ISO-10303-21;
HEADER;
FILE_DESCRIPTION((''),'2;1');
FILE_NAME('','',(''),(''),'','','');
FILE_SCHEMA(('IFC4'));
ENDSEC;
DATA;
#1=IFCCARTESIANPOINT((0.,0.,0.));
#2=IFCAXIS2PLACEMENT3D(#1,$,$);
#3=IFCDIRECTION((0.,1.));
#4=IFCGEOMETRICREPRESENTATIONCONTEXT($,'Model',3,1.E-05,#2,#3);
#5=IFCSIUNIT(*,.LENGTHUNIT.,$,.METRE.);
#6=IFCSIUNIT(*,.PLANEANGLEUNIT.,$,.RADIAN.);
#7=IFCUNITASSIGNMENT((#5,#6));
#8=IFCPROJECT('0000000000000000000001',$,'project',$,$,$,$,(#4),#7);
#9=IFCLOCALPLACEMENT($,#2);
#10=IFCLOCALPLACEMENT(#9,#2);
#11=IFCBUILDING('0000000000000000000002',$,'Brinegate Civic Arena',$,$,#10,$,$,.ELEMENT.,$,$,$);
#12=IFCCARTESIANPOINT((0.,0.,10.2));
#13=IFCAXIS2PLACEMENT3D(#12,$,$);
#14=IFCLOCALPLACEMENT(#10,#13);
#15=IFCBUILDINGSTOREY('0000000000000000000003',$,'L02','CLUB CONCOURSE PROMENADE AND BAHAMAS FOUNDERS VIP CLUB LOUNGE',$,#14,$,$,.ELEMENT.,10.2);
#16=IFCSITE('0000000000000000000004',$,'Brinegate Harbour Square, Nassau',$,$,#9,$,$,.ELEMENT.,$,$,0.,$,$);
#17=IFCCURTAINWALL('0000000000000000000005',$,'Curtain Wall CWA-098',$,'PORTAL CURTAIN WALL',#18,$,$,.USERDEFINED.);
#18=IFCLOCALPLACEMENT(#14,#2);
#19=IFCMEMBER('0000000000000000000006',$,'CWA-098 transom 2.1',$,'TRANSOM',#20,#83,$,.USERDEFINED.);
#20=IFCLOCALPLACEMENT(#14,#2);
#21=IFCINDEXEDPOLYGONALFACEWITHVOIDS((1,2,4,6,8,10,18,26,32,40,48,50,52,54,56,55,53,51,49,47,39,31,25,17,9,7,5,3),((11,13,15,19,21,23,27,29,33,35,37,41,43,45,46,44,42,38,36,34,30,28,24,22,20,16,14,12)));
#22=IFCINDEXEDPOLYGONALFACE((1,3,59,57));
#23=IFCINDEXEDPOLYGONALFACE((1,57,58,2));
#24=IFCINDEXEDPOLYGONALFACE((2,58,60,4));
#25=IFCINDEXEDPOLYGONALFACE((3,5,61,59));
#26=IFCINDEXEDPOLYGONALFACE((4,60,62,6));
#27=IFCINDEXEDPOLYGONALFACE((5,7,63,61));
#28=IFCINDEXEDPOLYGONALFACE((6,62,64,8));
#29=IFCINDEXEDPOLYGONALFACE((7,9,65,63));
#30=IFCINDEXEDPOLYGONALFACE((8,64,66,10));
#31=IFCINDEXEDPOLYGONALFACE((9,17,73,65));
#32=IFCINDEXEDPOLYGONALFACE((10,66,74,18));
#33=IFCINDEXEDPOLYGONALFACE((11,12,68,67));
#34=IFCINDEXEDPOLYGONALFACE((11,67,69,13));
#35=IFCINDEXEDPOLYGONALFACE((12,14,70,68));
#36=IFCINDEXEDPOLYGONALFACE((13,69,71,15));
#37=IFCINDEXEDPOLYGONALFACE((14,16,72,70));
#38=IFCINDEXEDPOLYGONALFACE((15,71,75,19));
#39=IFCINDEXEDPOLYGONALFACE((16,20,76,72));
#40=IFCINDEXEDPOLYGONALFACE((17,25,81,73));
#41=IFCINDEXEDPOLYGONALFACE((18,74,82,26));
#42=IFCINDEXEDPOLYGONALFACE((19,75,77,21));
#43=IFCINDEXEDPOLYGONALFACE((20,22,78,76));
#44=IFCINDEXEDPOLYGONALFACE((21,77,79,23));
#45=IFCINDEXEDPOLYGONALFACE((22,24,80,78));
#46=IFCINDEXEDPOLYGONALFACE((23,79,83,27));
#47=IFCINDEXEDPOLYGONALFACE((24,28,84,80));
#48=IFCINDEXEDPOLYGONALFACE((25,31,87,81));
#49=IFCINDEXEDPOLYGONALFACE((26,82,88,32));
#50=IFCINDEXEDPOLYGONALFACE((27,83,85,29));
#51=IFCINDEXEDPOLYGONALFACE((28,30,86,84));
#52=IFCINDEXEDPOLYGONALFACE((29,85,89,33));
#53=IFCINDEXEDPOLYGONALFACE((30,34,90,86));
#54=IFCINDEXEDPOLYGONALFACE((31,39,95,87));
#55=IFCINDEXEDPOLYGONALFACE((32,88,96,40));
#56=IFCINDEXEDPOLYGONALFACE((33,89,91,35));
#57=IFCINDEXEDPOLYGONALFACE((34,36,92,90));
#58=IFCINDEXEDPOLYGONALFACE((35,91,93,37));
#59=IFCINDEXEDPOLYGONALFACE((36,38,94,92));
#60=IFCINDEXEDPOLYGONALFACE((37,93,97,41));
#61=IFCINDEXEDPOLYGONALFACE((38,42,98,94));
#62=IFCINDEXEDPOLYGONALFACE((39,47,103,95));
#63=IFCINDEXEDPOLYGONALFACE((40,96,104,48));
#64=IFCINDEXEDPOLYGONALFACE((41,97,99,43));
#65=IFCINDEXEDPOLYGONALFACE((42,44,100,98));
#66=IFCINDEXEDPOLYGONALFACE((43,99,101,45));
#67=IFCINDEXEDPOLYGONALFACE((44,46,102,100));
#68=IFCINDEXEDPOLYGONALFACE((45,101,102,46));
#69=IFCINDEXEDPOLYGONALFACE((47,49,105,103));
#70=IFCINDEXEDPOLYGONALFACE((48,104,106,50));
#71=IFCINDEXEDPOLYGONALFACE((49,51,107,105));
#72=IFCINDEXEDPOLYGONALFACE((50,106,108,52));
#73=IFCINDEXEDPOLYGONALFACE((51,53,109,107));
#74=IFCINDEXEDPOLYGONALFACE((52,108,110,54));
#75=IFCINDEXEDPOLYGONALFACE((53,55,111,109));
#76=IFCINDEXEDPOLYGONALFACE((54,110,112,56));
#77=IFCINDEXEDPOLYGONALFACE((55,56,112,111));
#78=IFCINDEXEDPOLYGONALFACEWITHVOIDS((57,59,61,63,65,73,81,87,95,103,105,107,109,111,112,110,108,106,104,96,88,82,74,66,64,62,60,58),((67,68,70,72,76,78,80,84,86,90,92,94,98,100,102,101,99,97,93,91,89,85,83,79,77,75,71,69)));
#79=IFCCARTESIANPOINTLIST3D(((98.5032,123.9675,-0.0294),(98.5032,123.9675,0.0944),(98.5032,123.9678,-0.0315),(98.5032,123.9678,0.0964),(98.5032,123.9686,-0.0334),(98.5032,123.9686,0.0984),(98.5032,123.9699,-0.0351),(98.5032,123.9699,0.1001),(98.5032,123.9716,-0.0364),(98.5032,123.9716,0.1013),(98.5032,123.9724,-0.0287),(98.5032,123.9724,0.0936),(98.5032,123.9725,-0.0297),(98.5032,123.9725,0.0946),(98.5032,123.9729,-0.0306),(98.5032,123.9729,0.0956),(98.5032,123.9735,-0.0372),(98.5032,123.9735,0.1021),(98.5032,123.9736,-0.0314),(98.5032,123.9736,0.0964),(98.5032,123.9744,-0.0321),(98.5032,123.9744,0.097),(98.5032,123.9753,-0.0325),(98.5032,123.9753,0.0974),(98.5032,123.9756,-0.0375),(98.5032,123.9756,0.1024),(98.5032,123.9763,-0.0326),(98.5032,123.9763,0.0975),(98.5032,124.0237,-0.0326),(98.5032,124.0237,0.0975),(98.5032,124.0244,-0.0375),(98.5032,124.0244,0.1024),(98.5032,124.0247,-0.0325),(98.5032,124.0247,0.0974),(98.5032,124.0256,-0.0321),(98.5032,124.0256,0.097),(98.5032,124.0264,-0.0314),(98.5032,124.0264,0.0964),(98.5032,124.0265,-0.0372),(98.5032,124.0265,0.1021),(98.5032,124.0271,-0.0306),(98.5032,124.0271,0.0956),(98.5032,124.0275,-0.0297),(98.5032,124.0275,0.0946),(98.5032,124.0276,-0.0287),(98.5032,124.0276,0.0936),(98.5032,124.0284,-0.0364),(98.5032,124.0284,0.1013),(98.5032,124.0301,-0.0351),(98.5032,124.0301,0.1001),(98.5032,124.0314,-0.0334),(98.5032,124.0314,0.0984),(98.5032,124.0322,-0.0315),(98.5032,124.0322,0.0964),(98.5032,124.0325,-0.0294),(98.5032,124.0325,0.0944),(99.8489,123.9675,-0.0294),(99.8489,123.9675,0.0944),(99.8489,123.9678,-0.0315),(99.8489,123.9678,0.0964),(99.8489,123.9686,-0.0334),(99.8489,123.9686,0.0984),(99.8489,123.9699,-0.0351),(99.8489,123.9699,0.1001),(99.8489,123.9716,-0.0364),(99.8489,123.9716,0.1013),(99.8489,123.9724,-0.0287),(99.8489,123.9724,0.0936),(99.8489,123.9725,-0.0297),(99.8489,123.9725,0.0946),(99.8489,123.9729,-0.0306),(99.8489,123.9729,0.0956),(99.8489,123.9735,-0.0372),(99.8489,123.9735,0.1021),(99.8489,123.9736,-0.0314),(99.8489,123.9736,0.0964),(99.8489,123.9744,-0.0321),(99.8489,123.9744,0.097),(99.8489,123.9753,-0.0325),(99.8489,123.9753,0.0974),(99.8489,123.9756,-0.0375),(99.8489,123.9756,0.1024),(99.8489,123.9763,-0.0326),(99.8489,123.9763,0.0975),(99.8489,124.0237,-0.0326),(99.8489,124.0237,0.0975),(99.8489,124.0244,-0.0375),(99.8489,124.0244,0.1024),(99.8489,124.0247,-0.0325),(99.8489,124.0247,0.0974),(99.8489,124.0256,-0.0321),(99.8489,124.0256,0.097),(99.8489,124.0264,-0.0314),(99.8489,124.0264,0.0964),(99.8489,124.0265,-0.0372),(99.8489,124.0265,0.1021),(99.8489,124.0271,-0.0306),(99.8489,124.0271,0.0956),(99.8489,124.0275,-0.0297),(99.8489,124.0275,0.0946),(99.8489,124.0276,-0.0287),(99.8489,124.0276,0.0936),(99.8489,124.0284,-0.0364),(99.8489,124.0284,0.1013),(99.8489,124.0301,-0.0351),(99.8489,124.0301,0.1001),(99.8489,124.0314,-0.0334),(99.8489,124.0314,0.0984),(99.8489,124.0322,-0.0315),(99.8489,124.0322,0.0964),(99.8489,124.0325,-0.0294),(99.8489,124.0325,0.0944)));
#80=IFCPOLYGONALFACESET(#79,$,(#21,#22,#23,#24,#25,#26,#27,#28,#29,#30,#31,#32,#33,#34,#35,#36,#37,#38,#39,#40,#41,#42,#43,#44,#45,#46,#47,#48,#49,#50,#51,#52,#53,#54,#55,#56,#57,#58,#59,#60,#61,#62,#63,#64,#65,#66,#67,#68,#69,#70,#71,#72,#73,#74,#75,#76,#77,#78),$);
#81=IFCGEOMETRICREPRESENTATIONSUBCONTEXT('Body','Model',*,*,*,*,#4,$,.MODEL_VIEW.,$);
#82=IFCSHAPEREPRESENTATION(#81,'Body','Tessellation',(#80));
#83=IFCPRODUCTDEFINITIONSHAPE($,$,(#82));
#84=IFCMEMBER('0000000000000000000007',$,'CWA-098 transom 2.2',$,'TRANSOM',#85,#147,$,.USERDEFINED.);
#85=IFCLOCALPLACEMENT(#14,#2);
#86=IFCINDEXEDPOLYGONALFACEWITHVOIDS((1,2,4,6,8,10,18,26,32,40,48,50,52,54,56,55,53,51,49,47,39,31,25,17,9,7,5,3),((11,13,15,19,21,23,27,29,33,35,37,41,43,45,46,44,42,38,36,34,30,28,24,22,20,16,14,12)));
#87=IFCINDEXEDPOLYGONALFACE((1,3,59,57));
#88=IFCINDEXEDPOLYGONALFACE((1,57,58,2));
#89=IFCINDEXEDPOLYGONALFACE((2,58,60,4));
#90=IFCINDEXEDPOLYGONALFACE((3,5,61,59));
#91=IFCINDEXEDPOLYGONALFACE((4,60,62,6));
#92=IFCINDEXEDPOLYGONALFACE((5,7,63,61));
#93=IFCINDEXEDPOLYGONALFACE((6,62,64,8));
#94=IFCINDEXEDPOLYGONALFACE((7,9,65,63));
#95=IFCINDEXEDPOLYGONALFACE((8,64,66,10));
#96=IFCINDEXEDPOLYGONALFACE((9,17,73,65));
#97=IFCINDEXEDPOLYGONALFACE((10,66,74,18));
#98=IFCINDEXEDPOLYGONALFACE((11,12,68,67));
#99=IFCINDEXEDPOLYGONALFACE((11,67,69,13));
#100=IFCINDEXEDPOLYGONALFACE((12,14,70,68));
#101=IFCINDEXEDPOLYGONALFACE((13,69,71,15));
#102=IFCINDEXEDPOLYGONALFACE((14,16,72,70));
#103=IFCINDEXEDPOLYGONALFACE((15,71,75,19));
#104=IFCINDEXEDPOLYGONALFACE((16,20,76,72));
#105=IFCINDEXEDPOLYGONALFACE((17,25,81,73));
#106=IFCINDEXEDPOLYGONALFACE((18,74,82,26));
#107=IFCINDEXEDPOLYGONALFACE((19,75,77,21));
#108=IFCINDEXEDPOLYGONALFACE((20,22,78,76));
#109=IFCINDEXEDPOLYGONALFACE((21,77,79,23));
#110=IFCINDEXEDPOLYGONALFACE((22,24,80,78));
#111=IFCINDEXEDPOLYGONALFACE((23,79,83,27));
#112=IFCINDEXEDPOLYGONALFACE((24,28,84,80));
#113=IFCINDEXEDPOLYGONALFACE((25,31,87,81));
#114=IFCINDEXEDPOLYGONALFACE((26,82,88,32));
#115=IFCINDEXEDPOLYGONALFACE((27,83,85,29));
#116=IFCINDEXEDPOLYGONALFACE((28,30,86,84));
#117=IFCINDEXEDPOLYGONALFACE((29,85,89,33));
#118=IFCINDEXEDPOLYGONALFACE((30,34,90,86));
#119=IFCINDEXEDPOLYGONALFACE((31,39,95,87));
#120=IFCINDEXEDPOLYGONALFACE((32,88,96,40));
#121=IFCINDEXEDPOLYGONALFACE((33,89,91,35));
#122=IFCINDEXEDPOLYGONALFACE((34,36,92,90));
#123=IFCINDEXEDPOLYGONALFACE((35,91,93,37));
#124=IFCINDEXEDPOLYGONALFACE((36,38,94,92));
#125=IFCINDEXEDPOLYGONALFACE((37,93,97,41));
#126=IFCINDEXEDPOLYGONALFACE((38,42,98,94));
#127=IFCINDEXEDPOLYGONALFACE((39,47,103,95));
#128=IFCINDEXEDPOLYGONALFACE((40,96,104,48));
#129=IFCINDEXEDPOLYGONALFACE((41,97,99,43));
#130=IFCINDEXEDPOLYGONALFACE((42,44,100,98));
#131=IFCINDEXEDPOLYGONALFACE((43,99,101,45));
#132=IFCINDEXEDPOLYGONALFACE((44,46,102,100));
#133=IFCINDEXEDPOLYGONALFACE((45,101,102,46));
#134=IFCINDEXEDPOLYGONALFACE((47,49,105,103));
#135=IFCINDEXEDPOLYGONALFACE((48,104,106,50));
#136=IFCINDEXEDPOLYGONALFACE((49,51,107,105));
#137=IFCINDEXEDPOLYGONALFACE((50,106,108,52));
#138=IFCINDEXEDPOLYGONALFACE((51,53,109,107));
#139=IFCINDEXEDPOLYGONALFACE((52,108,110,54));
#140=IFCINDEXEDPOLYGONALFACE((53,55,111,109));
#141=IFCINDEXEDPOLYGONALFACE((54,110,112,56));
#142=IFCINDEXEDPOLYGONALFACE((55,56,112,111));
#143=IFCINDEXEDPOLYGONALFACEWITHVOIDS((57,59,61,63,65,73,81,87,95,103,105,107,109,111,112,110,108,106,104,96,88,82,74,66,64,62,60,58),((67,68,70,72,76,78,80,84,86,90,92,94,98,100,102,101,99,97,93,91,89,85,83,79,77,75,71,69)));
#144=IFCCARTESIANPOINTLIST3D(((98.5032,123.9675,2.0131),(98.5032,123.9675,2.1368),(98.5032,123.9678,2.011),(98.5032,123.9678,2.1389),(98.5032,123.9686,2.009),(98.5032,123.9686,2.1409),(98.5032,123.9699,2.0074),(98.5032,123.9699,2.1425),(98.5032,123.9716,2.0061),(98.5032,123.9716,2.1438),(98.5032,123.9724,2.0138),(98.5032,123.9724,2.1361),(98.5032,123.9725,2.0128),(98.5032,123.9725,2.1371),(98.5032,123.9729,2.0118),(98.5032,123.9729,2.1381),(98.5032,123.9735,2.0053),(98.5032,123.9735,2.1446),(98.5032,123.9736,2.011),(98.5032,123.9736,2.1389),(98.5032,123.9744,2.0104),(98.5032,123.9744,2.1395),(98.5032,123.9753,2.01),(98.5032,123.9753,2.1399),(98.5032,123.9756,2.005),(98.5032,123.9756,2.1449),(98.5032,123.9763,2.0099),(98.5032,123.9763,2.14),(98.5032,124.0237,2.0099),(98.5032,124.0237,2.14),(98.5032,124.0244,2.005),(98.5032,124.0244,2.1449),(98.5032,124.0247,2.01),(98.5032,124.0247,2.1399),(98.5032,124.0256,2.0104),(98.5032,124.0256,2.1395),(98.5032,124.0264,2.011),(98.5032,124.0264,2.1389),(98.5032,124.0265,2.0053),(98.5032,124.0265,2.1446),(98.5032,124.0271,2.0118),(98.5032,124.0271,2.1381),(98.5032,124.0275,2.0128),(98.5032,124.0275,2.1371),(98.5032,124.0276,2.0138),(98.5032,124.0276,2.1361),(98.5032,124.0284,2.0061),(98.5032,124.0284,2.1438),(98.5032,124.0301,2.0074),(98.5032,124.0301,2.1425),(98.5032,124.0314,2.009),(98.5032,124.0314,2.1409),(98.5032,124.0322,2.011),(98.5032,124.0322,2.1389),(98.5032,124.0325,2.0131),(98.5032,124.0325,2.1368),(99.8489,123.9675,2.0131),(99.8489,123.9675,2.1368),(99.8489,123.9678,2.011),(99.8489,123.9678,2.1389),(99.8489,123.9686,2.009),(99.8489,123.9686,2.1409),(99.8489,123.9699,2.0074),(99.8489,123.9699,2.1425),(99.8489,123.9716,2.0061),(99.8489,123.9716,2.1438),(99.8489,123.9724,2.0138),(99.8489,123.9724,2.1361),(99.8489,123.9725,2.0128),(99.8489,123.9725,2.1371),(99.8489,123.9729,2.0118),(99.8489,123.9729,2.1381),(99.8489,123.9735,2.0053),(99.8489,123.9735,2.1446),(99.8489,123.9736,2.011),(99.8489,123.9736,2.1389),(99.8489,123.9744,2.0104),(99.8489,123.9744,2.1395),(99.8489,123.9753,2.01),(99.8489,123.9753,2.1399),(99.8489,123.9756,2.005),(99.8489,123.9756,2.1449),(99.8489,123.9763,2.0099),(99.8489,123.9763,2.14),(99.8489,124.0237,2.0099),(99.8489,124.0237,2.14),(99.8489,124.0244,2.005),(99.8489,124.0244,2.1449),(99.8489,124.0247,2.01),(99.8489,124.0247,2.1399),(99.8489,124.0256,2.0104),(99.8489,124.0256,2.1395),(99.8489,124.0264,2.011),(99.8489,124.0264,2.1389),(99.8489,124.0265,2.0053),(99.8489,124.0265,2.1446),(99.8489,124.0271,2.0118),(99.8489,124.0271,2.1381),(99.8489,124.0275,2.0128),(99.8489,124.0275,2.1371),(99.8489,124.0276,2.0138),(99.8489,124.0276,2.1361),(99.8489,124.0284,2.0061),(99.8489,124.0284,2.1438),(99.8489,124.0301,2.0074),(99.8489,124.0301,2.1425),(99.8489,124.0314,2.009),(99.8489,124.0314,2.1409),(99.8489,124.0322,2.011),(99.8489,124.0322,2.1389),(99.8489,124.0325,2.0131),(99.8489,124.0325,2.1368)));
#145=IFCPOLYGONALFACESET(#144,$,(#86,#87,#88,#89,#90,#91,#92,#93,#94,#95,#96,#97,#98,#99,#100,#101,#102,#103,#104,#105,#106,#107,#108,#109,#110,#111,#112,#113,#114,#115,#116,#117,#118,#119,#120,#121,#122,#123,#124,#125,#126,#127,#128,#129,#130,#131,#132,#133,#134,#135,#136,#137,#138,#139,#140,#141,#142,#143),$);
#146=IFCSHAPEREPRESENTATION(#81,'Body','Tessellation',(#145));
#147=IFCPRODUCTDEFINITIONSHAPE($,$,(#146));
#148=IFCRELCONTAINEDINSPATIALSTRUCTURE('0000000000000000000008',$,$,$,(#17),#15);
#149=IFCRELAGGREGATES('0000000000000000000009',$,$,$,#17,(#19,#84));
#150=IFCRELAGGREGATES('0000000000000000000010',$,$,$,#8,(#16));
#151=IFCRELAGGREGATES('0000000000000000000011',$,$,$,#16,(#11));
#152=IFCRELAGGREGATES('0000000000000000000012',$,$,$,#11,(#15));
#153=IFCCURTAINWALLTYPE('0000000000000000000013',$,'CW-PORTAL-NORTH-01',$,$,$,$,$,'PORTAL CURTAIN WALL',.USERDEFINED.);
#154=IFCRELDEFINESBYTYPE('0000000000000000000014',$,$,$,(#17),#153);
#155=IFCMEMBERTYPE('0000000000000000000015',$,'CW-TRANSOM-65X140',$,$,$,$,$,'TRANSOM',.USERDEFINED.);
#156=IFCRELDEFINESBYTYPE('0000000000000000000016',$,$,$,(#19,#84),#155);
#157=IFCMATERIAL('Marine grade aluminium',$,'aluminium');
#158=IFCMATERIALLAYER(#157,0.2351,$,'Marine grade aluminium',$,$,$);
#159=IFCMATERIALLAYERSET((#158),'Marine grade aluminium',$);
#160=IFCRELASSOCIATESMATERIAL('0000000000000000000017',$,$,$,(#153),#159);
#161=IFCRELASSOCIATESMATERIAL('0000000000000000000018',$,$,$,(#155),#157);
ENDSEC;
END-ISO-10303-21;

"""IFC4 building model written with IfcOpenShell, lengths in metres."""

from ifc_helpers import new_model, si_unit, direction, frame, origin, origin_2d, place, context, subcontext, project, spatial, hollow_rectangle, extrude, material, layer, layer_set, material_profile, profile_set, type_object, element, aggregate, save


model = new_model("IFC4")

# Units and contexts
model_context = context("Model", 3, precision=1e-05, world=origin(), true_north=direction((0.0, 1.0)))
body_context = subcontext(model_context, "Body", "Model", "MODEL_VIEW")
ifc_project = project(units=[si_unit("LENGTHUNIT", "METRE"), si_unit("PLANEANGLEUNIT", "RADIAN")], contexts=[model_context])

# Site, building, storey
site_placement = place(None, origin())
site = spatial("IfcSite", under=ifc_project, at=site_placement, Name="Brinegate Harbour Square, Nassau", CompositionType="ELEMENT", RefElevation=0.0)
building_placement = place(site_placement, origin())
building = spatial("IfcBuilding", under=site, at=building_placement, Name="Brinegate Civic Arena", CompositionType="ELEMENT")
storey_placement = place(building_placement, frame((0.0, 0.0, 10.2)))
storey = spatial("IfcBuildingStorey", under=building, at=storey_placement, Name="L02", Description="CLUB CONCOURSE PROMENADE AND BAHAMAS FOUNDERS VIP CLUB LOUNGE", CompositionType="ELEMENT", Elevation=10.2)

# Curtain wall, members
ifc_material_1 = material(Name="Marine grade aluminium", Category="aluminium")
ifc_layer_1 = layer(ifc_material_1, 0.2351, Name="Marine grade aluminium")
ifc_layer_set_1 = layer_set([ifc_layer_1], Name="Marine grade aluminium")
curtain_wall_type = type_object("IfcCurtainWallType", Name="CW-PORTAL-NORTH-01", ElementType="PORTAL CURTAIN WALL", PredefinedType="USERDEFINED", material=ifc_layer_set_1)
curtain_wall_placement = place(storey_placement, origin())
curtain_wall = element("IfcCurtainWall", 1, at=curtain_wall_placement, inside=storey, type_object=curtain_wall_type, Name="Curtain Wall CWA-098", ObjectType="PORTAL CURTAIN WALL", PredefinedType="USERDEFINED")
ifc_material_profile_1 = material_profile(ifc_material_1, hollow_rectangle(XDim=0.0649, YDim=0.1399, WallThickness=0.0049, InnerFilletRadius=0.0039, OuterFilletRadius=0.0081, at=origin_2d()), Name="TRN65X140")
ifc_profile_set_1 = profile_set([ifc_material_profile_1], Name="Marine grade aluminium")
member_type_1 = type_object("IfcMemberType", Name="CW-TRANSOM-65X140", ElementType="TRANSOM", PredefinedType="USERDEFINED", material=ifc_profile_set_1)
member_1_placement = place(storey_placement, frame((98.5032, 124.0, 0.0325), z_axis=(1.0, 0.0, 0.0), x_axis=(0.0, 1.0, 0.0)))
member_1 = element("IfcMember", 2, at=member_1_placement, type_object=member_type_1, Name="CWA-098 transom 2.1", ObjectType="TRANSOM", PredefinedType="USERDEFINED", context=body_context, shape_type="SweptSolid", body=[
    extrude(hollow_rectangle(XDim=0.0649, YDim=0.1399, WallThickness=0.0049, InnerFilletRadius=0.0039, OuterFilletRadius=0.0081, at=origin_2d()), origin(), (0.0, 0.0, 1.0), 1.3457),
])
member_2_placement = place(storey_placement, frame((98.5032, 124.0, 2.075), z_axis=(1.0, 0.0, 0.0), x_axis=(0.0, 1.0, 0.0)))
member_2 = element("IfcMember", 3, at=member_2_placement, type_object=member_type_1, Name="CWA-098 transom 2.2", ObjectType="TRANSOM", PredefinedType="USERDEFINED", context=body_context, shape_type="SweptSolid", body=[
    extrude(hollow_rectangle(XDim=0.0649, YDim=0.1399, WallThickness=0.0049, InnerFilletRadius=0.0039, OuterFilletRadius=0.0081, at=origin_2d()), origin(), (0.0, 0.0, 1.0), 1.3457),
])

aggregate(curtain_wall, [member_1, member_2])

save(model, "model.ifc")
